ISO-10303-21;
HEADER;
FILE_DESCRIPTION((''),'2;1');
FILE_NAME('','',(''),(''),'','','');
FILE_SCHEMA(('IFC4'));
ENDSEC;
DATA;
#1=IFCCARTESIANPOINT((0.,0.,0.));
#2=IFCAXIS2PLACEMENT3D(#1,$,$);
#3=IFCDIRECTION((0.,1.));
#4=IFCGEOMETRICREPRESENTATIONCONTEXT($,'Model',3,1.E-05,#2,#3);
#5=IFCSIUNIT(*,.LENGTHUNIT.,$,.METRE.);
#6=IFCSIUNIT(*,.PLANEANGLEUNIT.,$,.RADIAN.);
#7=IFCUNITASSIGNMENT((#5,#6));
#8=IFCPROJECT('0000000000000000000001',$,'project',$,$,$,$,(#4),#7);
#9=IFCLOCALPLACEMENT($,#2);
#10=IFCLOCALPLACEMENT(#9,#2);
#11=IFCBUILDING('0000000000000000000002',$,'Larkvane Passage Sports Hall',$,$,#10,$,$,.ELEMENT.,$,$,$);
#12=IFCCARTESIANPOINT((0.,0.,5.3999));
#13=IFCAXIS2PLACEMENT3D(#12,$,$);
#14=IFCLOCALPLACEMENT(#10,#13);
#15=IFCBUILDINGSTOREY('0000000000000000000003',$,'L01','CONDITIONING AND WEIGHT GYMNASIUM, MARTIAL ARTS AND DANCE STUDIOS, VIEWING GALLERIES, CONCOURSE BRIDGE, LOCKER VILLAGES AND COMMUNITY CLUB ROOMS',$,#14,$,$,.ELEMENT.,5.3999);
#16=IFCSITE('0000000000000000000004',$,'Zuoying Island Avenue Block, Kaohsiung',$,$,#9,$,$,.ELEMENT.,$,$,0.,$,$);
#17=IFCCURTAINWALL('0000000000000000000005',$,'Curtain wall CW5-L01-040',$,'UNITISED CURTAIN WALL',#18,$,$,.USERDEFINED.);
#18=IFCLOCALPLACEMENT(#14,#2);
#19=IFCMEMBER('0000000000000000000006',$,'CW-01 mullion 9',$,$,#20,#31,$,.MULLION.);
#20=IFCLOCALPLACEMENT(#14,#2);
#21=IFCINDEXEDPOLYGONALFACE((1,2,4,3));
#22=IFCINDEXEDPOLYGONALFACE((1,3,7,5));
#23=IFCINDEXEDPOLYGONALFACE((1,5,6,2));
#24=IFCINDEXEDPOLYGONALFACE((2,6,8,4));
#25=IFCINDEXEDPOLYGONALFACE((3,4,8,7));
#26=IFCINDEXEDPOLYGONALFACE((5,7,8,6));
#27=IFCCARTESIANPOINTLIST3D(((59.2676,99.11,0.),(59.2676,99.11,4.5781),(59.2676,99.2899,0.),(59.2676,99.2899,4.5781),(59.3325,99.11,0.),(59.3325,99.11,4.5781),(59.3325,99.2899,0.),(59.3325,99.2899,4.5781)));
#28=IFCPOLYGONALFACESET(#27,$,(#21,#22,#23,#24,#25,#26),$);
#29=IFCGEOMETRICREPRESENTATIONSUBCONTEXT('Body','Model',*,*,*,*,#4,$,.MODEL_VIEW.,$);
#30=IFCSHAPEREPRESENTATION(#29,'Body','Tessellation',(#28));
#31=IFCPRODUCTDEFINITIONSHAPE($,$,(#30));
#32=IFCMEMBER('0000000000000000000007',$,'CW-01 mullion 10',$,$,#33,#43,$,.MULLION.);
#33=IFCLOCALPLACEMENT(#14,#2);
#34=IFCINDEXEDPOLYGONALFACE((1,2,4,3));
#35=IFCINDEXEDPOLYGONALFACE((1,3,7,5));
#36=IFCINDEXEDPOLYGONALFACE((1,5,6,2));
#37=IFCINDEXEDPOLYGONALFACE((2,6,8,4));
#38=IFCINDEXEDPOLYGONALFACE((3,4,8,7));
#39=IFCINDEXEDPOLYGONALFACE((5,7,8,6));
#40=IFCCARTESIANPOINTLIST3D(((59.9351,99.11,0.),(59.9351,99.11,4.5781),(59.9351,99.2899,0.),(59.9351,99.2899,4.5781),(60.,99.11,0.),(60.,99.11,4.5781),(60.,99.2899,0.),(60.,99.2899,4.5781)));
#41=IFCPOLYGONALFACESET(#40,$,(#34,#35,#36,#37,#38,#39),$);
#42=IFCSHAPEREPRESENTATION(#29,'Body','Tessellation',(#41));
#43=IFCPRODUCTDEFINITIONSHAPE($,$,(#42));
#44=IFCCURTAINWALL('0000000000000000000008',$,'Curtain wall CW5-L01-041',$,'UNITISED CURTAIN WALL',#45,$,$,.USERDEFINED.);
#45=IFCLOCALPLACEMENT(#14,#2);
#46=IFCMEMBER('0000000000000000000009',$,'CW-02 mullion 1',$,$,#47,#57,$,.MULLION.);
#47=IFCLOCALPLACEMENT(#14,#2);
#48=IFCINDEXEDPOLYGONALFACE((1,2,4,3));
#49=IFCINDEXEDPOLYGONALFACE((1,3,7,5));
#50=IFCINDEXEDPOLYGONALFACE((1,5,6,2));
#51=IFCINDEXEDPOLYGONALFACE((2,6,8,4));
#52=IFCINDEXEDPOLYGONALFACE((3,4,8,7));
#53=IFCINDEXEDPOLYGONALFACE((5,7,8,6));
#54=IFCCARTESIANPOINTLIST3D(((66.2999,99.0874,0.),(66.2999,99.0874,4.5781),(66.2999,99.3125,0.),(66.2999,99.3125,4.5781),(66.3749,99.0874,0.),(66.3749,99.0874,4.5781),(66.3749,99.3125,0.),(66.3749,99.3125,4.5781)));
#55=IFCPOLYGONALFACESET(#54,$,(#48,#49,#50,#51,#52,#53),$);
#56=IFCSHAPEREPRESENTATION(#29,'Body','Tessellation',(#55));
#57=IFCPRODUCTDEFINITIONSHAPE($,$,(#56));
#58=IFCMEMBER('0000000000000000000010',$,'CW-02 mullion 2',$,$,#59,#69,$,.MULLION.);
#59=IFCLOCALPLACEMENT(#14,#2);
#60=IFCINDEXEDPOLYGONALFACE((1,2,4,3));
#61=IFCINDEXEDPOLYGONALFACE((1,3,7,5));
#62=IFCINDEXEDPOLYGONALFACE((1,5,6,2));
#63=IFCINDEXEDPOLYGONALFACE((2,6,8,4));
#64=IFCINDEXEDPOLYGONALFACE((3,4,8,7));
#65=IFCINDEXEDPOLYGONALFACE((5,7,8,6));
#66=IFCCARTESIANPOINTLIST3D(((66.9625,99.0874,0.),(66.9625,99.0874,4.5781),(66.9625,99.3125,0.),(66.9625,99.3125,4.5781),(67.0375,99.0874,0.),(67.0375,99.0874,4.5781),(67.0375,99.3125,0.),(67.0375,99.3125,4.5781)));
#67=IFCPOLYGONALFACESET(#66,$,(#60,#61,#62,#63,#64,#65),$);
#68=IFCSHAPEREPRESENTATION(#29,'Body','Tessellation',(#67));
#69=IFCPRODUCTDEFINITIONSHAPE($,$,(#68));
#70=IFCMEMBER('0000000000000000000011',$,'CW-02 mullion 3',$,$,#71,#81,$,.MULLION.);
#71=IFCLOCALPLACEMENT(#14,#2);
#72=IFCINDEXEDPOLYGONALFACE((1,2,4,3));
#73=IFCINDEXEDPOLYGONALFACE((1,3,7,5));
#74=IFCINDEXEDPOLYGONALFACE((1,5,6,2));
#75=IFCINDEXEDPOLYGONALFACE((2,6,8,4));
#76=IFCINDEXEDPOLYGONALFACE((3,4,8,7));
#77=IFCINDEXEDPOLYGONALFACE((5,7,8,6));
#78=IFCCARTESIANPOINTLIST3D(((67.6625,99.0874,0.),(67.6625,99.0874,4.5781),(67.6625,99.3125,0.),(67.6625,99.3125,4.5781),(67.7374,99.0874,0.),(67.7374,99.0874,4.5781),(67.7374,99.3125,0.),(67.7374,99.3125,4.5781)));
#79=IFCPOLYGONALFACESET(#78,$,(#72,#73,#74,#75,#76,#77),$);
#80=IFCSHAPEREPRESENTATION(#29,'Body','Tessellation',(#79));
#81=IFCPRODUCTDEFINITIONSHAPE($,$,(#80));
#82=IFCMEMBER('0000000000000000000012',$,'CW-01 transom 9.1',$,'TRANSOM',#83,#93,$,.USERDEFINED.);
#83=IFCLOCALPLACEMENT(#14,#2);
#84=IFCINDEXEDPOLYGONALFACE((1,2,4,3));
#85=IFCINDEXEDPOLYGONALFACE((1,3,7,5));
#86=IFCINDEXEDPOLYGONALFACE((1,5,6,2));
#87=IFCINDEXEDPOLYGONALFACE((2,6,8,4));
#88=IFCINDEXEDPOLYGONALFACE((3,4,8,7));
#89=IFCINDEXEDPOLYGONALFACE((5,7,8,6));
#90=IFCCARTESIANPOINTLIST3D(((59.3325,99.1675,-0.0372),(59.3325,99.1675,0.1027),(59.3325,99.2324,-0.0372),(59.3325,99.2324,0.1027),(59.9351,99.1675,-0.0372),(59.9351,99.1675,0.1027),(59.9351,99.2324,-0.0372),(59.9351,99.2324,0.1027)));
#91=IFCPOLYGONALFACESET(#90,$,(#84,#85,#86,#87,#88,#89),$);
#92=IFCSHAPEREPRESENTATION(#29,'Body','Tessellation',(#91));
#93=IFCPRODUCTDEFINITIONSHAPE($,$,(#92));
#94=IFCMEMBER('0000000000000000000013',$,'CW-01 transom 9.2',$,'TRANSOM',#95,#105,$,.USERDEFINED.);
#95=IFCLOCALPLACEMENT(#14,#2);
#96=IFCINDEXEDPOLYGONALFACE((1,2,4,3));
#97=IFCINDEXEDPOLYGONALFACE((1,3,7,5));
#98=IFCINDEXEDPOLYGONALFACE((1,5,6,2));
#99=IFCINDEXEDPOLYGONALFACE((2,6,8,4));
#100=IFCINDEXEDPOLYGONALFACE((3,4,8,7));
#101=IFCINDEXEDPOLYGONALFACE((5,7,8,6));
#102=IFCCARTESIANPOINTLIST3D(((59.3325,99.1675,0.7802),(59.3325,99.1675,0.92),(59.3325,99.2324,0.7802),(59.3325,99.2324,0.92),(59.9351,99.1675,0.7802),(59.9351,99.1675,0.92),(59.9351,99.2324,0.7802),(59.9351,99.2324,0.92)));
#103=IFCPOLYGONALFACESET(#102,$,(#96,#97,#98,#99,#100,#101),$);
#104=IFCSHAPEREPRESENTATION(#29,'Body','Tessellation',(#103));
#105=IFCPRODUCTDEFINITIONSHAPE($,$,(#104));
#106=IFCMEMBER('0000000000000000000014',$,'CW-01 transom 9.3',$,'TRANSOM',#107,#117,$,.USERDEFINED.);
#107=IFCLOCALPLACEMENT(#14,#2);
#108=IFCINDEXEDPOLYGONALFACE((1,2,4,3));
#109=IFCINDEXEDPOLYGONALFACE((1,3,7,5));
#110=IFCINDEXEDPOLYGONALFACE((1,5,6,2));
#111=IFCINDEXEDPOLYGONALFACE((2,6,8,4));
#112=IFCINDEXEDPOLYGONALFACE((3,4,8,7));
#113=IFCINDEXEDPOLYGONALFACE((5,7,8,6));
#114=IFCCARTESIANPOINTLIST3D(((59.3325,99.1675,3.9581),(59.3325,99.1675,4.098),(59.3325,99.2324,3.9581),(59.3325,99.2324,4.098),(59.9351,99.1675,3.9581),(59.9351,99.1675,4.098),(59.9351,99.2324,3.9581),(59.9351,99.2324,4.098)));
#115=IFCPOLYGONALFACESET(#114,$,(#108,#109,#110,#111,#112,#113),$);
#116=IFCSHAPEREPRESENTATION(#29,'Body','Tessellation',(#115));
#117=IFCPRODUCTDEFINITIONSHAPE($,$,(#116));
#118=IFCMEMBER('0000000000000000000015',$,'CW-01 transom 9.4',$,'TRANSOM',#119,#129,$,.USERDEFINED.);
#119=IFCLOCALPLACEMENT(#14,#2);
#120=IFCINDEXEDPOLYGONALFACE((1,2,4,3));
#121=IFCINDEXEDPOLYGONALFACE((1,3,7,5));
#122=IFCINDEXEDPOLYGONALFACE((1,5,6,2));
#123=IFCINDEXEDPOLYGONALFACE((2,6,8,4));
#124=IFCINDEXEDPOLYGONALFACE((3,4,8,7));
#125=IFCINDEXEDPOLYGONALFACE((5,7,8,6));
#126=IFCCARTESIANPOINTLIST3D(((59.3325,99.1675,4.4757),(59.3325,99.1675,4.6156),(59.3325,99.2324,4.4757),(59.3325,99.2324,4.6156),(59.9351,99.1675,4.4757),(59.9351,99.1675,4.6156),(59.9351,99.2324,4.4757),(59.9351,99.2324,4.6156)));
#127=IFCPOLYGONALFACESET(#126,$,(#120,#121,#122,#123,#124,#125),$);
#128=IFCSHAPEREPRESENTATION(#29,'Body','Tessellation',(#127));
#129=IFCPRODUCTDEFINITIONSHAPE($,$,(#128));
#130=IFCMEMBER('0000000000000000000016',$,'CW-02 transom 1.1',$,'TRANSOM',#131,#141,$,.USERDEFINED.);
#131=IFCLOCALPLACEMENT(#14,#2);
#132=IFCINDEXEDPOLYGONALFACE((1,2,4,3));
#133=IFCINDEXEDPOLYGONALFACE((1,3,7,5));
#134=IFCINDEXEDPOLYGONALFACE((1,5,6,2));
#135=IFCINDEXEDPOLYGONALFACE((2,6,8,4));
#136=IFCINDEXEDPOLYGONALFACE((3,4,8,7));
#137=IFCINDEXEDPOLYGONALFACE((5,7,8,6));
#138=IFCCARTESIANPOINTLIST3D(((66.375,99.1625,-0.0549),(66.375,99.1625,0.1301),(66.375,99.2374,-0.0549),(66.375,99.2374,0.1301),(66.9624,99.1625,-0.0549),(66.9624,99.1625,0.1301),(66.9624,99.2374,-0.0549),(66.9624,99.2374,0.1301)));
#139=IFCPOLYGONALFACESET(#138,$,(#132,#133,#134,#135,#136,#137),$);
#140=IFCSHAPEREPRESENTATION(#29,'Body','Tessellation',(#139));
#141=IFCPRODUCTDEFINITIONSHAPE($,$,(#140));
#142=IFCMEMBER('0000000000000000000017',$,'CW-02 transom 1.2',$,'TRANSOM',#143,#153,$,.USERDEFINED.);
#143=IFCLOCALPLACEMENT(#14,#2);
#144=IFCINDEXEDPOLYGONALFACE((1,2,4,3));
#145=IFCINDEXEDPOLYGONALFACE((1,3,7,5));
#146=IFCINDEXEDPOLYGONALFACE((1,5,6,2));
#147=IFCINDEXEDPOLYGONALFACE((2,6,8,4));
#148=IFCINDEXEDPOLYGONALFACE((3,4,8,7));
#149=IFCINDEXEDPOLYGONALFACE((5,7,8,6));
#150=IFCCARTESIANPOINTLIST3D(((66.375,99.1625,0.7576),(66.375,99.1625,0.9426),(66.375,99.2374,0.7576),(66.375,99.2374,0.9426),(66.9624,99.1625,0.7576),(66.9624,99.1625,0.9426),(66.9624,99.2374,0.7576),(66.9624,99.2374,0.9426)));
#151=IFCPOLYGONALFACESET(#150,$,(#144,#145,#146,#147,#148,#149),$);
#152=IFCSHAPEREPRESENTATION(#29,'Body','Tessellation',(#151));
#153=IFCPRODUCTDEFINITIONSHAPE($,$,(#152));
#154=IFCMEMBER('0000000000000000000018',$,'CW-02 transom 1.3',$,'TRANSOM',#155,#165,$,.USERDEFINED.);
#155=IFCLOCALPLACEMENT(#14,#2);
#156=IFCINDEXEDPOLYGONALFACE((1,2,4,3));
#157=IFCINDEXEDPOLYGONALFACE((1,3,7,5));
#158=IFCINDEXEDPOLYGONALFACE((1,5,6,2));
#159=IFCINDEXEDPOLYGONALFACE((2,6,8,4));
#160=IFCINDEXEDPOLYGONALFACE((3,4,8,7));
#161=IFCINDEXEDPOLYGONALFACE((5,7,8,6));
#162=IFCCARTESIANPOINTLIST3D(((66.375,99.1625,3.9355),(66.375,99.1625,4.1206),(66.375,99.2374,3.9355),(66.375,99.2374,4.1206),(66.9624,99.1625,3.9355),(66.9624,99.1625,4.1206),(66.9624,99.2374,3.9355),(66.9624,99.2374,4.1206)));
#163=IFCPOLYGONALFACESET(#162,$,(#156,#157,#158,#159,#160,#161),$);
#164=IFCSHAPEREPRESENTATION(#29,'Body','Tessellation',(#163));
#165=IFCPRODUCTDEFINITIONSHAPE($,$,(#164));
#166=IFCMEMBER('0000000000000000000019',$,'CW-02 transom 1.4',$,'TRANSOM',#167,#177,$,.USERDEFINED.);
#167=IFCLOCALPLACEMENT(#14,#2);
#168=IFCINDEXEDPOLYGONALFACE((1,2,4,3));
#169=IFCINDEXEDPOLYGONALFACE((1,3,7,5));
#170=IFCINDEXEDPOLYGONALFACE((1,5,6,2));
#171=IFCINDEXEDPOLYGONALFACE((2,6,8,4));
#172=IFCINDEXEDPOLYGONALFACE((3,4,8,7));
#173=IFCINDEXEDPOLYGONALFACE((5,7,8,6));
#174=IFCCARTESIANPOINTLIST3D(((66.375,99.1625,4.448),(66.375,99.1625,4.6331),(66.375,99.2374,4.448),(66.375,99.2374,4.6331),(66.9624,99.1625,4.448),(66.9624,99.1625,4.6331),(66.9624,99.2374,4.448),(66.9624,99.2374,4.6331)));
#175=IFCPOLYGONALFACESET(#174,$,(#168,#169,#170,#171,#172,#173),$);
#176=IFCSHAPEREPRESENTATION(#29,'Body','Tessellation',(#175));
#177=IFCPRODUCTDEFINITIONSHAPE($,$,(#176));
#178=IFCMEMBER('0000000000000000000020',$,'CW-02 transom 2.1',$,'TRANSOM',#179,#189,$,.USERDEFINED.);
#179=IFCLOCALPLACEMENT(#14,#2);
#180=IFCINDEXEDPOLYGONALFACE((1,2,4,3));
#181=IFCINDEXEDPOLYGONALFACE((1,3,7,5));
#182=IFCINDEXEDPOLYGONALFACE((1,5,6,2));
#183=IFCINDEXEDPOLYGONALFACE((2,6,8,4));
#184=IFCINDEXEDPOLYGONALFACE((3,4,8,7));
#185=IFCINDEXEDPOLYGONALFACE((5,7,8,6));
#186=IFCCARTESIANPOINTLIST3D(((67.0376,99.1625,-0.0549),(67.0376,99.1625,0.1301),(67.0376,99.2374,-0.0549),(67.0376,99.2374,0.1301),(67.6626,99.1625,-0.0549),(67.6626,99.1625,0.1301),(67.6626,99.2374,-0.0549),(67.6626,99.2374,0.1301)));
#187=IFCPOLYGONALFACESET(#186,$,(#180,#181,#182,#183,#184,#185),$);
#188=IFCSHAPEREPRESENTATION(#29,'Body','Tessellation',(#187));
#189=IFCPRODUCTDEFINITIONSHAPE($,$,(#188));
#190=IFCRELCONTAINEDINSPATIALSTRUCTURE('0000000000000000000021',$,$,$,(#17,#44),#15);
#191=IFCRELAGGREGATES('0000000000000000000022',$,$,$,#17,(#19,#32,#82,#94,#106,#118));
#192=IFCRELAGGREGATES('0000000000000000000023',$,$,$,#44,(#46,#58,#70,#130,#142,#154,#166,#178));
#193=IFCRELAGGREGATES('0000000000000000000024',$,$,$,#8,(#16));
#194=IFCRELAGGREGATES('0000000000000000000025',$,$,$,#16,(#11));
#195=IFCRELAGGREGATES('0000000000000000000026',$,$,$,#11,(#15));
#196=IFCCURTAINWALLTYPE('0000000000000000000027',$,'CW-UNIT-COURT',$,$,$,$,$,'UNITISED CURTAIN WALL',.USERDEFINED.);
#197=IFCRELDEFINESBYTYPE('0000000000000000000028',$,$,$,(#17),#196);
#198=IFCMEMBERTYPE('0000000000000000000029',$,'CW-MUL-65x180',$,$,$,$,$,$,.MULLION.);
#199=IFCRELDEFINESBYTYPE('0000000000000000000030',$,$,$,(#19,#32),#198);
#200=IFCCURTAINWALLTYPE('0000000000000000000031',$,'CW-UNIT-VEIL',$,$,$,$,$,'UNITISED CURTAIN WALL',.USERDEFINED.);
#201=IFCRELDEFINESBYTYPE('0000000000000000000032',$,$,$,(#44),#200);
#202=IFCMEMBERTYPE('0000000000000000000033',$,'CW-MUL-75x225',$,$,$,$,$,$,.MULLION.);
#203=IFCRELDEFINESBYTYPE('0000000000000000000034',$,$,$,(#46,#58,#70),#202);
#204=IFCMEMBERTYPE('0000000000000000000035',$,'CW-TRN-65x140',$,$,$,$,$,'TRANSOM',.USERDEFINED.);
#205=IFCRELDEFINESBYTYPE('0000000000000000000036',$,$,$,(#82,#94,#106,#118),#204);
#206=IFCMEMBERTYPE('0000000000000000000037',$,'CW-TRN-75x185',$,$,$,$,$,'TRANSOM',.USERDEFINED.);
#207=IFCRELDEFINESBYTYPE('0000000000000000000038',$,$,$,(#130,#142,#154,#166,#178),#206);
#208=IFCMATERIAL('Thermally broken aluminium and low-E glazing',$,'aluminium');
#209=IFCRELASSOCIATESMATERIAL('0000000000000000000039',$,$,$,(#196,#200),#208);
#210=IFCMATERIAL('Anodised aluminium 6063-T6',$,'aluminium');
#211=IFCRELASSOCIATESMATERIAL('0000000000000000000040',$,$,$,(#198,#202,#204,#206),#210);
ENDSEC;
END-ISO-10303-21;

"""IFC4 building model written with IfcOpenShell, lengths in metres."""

from ifc_helpers import new_model, si_unit, direction, frame, origin, origin_2d, place, context, subcontext, project, spatial, rectangle, extrude, material, material_profile, profile_set, type_object, element, aggregate, save


model = new_model("IFC4")

# Units and contexts
model_context = context("Model", 3, precision=1e-05, world=origin(), true_north=direction((0.0, 1.0)))
body_context = subcontext(model_context, "Body", "Model", "MODEL_VIEW")
ifc_project = project(units=[si_unit("LENGTHUNIT", "METRE"), si_unit("PLANEANGLEUNIT", "RADIAN")], contexts=[model_context])

# Site, building, storey
site_placement = place(None, origin())
site = spatial("IfcSite", under=ifc_project, at=site_placement, Name="Zuoying Island Avenue Block, Kaohsiung", CompositionType="ELEMENT", RefElevation=0.0)
building_placement = place(site_placement, origin())
building = spatial("IfcBuilding", under=site, at=building_placement, Name="Larkvane Passage Sports Hall", CompositionType="ELEMENT")
storey_placement = place(building_placement, frame((0.0, 0.0, 5.3999)))
storey = spatial("IfcBuildingStorey", under=building, at=storey_placement, Name="L01", Description="CONDITIONING AND WEIGHT GYMNASIUM, MARTIAL ARTS AND DANCE STUDIOS, VIEWING GALLERIES, CONCOURSE BRIDGE, LOCKER VILLAGES AND COMMUNITY CLUB ROOMS", CompositionType="ELEMENT", Elevation=5.3999)

# Curtain walls, members
ifc_material_1 = material(Name="Thermally broken aluminium and low-E glazing", Category="aluminium")
curtain_wall_type_1 = type_object("IfcCurtainWallType", Name="CW-UNIT-COURT", ElementType="UNITISED CURTAIN WALL", PredefinedType="USERDEFINED", material=ifc_material_1)
curtain_wall_1_placement = place(storey_placement, origin())
curtain_wall_1 = element("IfcCurtainWall", 1, at=curtain_wall_1_placement, inside=storey, type_object=curtain_wall_type_1, Name="Curtain wall CW5-L01-040", ObjectType="UNITISED CURTAIN WALL", PredefinedType="USERDEFINED")
ifc_material_2 = material(Name="Anodised aluminium 6063-T6", Category="aluminium")
ifc_material_profile_1 = material_profile(ifc_material_2, rectangle(XDim=0.0649, YDim=0.1799, at=origin_2d()), Name="ALU-MUL-65x180")
ifc_profile_set_1 = profile_set([ifc_material_profile_1], Name="Anodised aluminium 6063-T6")
member_type_1 = type_object("IfcMemberType", Name="CW-MUL-65x180", PredefinedType="MULLION", material=ifc_profile_set_1)
member_1_placement = place(storey_placement, frame((59.3, 99.2, 0.0), z_axis=(0.0, 0.0, 1.0), x_axis=(1.0, 0.0, 0.0)))
member_1 = element("IfcMember", 2, at=member_1_placement, type_object=member_type_1, Name="CW-01 mullion 9", PredefinedType="MULLION", context=body_context, shape_type="SweptSolid", body=[
    extrude(rectangle(XDim=0.0649, YDim=0.1799, at=origin_2d()), origin(), (0.0, 0.0, 1.0), 4.5781),
])
member_2_placement = place(storey_placement, frame((59.9675, 99.2, 0.0), z_axis=(0.0, 0.0, 1.0), x_axis=(1.0, 0.0, 0.0)))
member_2 = element("IfcMember", 3, at=member_2_placement, type_object=member_type_1, Name="CW-01 mullion 10", PredefinedType="MULLION", context=body_context, shape_type="SweptSolid", body=[
    extrude(rectangle(XDim=0.0649, YDim=0.1799, at=origin_2d()), origin(), (0.0, 0.0, 1.0), 4.5781),
])
curtain_wall_type_2 = type_object("IfcCurtainWallType", Name="CW-UNIT-VEIL", ElementType="UNITISED CURTAIN WALL", PredefinedType="USERDEFINED", material=ifc_material_1)
curtain_wall_2_placement = place(storey_placement, origin())
curtain_wall_2 = element("IfcCurtainWall", 4, at=curtain_wall_2_placement, inside=storey, type_object=curtain_wall_type_2, Name="Curtain wall CW5-L01-041", ObjectType="UNITISED CURTAIN WALL", PredefinedType="USERDEFINED")
ifc_material_profile_2 = material_profile(ifc_material_2, rectangle(XDim=0.075, YDim=0.2251, at=origin_2d()), Name="ALU-MUL-75x225")
ifc_profile_set_2 = profile_set([ifc_material_profile_2], Name="Anodised aluminium 6063-T6")
member_type_2 = type_object("IfcMemberType", Name="CW-MUL-75x225", PredefinedType="MULLION", material=ifc_profile_set_2)
member_3_placement = place(storey_placement, frame((66.3374, 99.2, 0.0), z_axis=(0.0, 0.0, 1.0), x_axis=(1.0, 0.0, 0.0)))
member_3 = element("IfcMember", 5, at=member_3_placement, type_object=member_type_2, Name="CW-02 mullion 1", PredefinedType="MULLION", context=body_context, shape_type="SweptSolid", body=[
    extrude(rectangle(XDim=0.075, YDim=0.2251, at=origin_2d()), origin(), (0.0, 0.0, 1.0), 4.5781),
])
member_4_placement = place(storey_placement, frame((67.0, 99.2, 0.0), z_axis=(0.0, 0.0, 1.0), x_axis=(1.0, 0.0, 0.0)))
member_4 = element("IfcMember", 6, at=member_4_placement, type_object=member_type_2, Name="CW-02 mullion 2", PredefinedType="MULLION", context=body_context, shape_type="SweptSolid", body=[
    extrude(rectangle(XDim=0.075, YDim=0.2251, at=origin_2d()), origin(), (0.0, 0.0, 1.0), 4.5781),
])
member_5_placement = place(storey_placement, frame((67.7, 99.2, 0.0), z_axis=(0.0, 0.0, 1.0), x_axis=(1.0, 0.0, 0.0)))
member_5 = element("IfcMember", 7, at=member_5_placement, type_object=member_type_2, Name="CW-02 mullion 3", PredefinedType="MULLION", context=body_context, shape_type="SweptSolid", body=[
    extrude(rectangle(XDim=0.075, YDim=0.2251, at=origin_2d()), origin(), (0.0, 0.0, 1.0), 4.5781),
])

# Members
ifc_material_profile_3 = material_profile(ifc_material_2, rectangle(XDim=0.0649, YDim=0.1399, at=origin_2d()), Name="ALU-TRN-65x140")
ifc_profile_set_3 = profile_set([ifc_material_profile_3], Name="Anodised aluminium 6063-T6")
member_type_3 = type_object("IfcMemberType", Name="CW-TRN-65x140", ElementType="TRANSOM", PredefinedType="USERDEFINED", material=ifc_profile_set_3)
member_6_placement = place(storey_placement, frame((59.3325, 99.2, 0.0327), z_axis=(1.0, 0.0, 0.0), x_axis=(0.0, 1.0, 0.0)))
member_6 = element("IfcMember", 8, at=member_6_placement, type_object=member_type_3, Name="CW-01 transom 9.1", ObjectType="TRANSOM", PredefinedType="USERDEFINED", context=body_context, shape_type="SweptSolid", body=[
    extrude(rectangle(XDim=0.0649, YDim=0.1399, at=origin_2d()), origin(), (0.0, 0.0, 1.0), 0.6025),
])
member_7_placement = place(storey_placement, frame((59.3325, 99.2, 0.8501), z_axis=(1.0, 0.0, 0.0), x_axis=(0.0, 1.0, 0.0)))
member_7 = element("IfcMember", 9, at=member_7_placement, type_object=member_type_3, Name="CW-01 transom 9.2", ObjectType="TRANSOM", PredefinedType="USERDEFINED", context=body_context, shape_type="SweptSolid", body=[
    extrude(rectangle(XDim=0.0649, YDim=0.1399, at=origin_2d()), origin(), (0.0, 0.0, 1.0), 0.6025),
])
member_8_placement = place(storey_placement, frame((59.3325, 99.2, 4.0281), z_axis=(1.0, 0.0, 0.0), x_axis=(0.0, 1.0, 0.0)))
member_8 = element("IfcMember", 10, at=member_8_placement, type_object=member_type_3, Name="CW-01 transom 9.3", ObjectType="TRANSOM", PredefinedType="USERDEFINED", context=body_context, shape_type="SweptSolid", body=[
    extrude(rectangle(XDim=0.0649, YDim=0.1399, at=origin_2d()), origin(), (0.0, 0.0, 1.0), 0.6025),
])
member_9_placement = place(storey_placement, frame((59.3325, 99.2, 4.5457), z_axis=(1.0, 0.0, 0.0), x_axis=(0.0, 1.0, 0.0)))
member_9 = element("IfcMember", 11, at=member_9_placement, type_object=member_type_3, Name="CW-01 transom 9.4", ObjectType="TRANSOM", PredefinedType="USERDEFINED", context=body_context, shape_type="SweptSolid", body=[
    extrude(rectangle(XDim=0.0649, YDim=0.1399, at=origin_2d()), origin(), (0.0, 0.0, 1.0), 0.6025),
])
ifc_material_profile_4 = material_profile(ifc_material_2, rectangle(XDim=0.075, YDim=0.1851, at=origin_2d()), Name="ALU-TRN-75x185")
ifc_profile_set_4 = profile_set([ifc_material_profile_4], Name="Anodised aluminium 6063-T6")
member_type_4 = type_object("IfcMemberType", Name="CW-TRN-75x185", ElementType="TRANSOM", PredefinedType="USERDEFINED", material=ifc_profile_set_4)
member_10_placement = place(storey_placement, frame((66.375, 99.2, 0.0376), z_axis=(1.0, 0.0, 0.0), x_axis=(0.0, 1.0, 0.0)))
member_10 = element("IfcMember", 12, at=member_10_placement, type_object=member_type_4, Name="CW-02 transom 1.1", ObjectType="TRANSOM", PredefinedType="USERDEFINED", context=body_context, shape_type="SweptSolid", body=[
    extrude(rectangle(XDim=0.075, YDim=0.1851, at=origin_2d()), origin(), (0.0, 0.0, 1.0), 0.5874),
])
member_11_placement = place(storey_placement, frame((66.375, 99.2, 0.8501), z_axis=(1.0, 0.0, 0.0), x_axis=(0.0, 1.0, 0.0)))
member_11 = element("IfcMember", 13, at=member_11_placement, type_object=member_type_4, Name="CW-02 transom 1.2", ObjectType="TRANSOM", PredefinedType="USERDEFINED", context=body_context, shape_type="SweptSolid", body=[
    extrude(rectangle(XDim=0.075, YDim=0.1851, at=origin_2d()), origin(), (0.0, 0.0, 1.0), 0.5874),
])
member_12_placement = place(storey_placement, frame((66.375, 99.2, 4.0281), z_axis=(1.0, 0.0, 0.0), x_axis=(0.0, 1.0, 0.0)))
member_12 = element("IfcMember", 14, at=member_12_placement, type_object=member_type_4, Name="CW-02 transom 1.3", ObjectType="TRANSOM", PredefinedType="USERDEFINED", context=body_context, shape_type="SweptSolid", body=[
    extrude(rectangle(XDim=0.075, YDim=0.1851, at=origin_2d()), origin(), (0.0, 0.0, 1.0), 0.5874),
])
member_13_placement = place(storey_placement, frame((66.375, 99.2, 4.5405), z_axis=(1.0, 0.0, 0.0), x_axis=(0.0, 1.0, 0.0)))
member_13 = element("IfcMember", 15, at=member_13_placement, type_object=member_type_4, Name="CW-02 transom 1.4", ObjectType="TRANSOM", PredefinedType="USERDEFINED", context=body_context, shape_type="SweptSolid", body=[
    extrude(rectangle(XDim=0.075, YDim=0.1851, at=origin_2d()), origin(), (0.0, 0.0, 1.0), 0.5874),
])
member_14_placement = place(storey_placement, frame((67.0376, 99.2, 0.0376), z_axis=(1.0, 0.0, 0.0), x_axis=(0.0, 1.0, 0.0)))
member_14 = element("IfcMember", 16, at=member_14_placement, type_object=member_type_4, Name="CW-02 transom 2.1", ObjectType="TRANSOM", PredefinedType="USERDEFINED", context=body_context, shape_type="SweptSolid", body=[
    extrude(rectangle(XDim=0.075, YDim=0.1851, at=origin_2d()), origin(), (0.0, 0.0, 1.0), 0.625),
])

aggregate(curtain_wall_1, [member_1, member_2, member_6, member_7, member_8, member_9])
aggregate(curtain_wall_2, [member_3, member_4, member_5, member_10, member_11, member_12, member_13, member_14])

save(model, "model.ifc")
